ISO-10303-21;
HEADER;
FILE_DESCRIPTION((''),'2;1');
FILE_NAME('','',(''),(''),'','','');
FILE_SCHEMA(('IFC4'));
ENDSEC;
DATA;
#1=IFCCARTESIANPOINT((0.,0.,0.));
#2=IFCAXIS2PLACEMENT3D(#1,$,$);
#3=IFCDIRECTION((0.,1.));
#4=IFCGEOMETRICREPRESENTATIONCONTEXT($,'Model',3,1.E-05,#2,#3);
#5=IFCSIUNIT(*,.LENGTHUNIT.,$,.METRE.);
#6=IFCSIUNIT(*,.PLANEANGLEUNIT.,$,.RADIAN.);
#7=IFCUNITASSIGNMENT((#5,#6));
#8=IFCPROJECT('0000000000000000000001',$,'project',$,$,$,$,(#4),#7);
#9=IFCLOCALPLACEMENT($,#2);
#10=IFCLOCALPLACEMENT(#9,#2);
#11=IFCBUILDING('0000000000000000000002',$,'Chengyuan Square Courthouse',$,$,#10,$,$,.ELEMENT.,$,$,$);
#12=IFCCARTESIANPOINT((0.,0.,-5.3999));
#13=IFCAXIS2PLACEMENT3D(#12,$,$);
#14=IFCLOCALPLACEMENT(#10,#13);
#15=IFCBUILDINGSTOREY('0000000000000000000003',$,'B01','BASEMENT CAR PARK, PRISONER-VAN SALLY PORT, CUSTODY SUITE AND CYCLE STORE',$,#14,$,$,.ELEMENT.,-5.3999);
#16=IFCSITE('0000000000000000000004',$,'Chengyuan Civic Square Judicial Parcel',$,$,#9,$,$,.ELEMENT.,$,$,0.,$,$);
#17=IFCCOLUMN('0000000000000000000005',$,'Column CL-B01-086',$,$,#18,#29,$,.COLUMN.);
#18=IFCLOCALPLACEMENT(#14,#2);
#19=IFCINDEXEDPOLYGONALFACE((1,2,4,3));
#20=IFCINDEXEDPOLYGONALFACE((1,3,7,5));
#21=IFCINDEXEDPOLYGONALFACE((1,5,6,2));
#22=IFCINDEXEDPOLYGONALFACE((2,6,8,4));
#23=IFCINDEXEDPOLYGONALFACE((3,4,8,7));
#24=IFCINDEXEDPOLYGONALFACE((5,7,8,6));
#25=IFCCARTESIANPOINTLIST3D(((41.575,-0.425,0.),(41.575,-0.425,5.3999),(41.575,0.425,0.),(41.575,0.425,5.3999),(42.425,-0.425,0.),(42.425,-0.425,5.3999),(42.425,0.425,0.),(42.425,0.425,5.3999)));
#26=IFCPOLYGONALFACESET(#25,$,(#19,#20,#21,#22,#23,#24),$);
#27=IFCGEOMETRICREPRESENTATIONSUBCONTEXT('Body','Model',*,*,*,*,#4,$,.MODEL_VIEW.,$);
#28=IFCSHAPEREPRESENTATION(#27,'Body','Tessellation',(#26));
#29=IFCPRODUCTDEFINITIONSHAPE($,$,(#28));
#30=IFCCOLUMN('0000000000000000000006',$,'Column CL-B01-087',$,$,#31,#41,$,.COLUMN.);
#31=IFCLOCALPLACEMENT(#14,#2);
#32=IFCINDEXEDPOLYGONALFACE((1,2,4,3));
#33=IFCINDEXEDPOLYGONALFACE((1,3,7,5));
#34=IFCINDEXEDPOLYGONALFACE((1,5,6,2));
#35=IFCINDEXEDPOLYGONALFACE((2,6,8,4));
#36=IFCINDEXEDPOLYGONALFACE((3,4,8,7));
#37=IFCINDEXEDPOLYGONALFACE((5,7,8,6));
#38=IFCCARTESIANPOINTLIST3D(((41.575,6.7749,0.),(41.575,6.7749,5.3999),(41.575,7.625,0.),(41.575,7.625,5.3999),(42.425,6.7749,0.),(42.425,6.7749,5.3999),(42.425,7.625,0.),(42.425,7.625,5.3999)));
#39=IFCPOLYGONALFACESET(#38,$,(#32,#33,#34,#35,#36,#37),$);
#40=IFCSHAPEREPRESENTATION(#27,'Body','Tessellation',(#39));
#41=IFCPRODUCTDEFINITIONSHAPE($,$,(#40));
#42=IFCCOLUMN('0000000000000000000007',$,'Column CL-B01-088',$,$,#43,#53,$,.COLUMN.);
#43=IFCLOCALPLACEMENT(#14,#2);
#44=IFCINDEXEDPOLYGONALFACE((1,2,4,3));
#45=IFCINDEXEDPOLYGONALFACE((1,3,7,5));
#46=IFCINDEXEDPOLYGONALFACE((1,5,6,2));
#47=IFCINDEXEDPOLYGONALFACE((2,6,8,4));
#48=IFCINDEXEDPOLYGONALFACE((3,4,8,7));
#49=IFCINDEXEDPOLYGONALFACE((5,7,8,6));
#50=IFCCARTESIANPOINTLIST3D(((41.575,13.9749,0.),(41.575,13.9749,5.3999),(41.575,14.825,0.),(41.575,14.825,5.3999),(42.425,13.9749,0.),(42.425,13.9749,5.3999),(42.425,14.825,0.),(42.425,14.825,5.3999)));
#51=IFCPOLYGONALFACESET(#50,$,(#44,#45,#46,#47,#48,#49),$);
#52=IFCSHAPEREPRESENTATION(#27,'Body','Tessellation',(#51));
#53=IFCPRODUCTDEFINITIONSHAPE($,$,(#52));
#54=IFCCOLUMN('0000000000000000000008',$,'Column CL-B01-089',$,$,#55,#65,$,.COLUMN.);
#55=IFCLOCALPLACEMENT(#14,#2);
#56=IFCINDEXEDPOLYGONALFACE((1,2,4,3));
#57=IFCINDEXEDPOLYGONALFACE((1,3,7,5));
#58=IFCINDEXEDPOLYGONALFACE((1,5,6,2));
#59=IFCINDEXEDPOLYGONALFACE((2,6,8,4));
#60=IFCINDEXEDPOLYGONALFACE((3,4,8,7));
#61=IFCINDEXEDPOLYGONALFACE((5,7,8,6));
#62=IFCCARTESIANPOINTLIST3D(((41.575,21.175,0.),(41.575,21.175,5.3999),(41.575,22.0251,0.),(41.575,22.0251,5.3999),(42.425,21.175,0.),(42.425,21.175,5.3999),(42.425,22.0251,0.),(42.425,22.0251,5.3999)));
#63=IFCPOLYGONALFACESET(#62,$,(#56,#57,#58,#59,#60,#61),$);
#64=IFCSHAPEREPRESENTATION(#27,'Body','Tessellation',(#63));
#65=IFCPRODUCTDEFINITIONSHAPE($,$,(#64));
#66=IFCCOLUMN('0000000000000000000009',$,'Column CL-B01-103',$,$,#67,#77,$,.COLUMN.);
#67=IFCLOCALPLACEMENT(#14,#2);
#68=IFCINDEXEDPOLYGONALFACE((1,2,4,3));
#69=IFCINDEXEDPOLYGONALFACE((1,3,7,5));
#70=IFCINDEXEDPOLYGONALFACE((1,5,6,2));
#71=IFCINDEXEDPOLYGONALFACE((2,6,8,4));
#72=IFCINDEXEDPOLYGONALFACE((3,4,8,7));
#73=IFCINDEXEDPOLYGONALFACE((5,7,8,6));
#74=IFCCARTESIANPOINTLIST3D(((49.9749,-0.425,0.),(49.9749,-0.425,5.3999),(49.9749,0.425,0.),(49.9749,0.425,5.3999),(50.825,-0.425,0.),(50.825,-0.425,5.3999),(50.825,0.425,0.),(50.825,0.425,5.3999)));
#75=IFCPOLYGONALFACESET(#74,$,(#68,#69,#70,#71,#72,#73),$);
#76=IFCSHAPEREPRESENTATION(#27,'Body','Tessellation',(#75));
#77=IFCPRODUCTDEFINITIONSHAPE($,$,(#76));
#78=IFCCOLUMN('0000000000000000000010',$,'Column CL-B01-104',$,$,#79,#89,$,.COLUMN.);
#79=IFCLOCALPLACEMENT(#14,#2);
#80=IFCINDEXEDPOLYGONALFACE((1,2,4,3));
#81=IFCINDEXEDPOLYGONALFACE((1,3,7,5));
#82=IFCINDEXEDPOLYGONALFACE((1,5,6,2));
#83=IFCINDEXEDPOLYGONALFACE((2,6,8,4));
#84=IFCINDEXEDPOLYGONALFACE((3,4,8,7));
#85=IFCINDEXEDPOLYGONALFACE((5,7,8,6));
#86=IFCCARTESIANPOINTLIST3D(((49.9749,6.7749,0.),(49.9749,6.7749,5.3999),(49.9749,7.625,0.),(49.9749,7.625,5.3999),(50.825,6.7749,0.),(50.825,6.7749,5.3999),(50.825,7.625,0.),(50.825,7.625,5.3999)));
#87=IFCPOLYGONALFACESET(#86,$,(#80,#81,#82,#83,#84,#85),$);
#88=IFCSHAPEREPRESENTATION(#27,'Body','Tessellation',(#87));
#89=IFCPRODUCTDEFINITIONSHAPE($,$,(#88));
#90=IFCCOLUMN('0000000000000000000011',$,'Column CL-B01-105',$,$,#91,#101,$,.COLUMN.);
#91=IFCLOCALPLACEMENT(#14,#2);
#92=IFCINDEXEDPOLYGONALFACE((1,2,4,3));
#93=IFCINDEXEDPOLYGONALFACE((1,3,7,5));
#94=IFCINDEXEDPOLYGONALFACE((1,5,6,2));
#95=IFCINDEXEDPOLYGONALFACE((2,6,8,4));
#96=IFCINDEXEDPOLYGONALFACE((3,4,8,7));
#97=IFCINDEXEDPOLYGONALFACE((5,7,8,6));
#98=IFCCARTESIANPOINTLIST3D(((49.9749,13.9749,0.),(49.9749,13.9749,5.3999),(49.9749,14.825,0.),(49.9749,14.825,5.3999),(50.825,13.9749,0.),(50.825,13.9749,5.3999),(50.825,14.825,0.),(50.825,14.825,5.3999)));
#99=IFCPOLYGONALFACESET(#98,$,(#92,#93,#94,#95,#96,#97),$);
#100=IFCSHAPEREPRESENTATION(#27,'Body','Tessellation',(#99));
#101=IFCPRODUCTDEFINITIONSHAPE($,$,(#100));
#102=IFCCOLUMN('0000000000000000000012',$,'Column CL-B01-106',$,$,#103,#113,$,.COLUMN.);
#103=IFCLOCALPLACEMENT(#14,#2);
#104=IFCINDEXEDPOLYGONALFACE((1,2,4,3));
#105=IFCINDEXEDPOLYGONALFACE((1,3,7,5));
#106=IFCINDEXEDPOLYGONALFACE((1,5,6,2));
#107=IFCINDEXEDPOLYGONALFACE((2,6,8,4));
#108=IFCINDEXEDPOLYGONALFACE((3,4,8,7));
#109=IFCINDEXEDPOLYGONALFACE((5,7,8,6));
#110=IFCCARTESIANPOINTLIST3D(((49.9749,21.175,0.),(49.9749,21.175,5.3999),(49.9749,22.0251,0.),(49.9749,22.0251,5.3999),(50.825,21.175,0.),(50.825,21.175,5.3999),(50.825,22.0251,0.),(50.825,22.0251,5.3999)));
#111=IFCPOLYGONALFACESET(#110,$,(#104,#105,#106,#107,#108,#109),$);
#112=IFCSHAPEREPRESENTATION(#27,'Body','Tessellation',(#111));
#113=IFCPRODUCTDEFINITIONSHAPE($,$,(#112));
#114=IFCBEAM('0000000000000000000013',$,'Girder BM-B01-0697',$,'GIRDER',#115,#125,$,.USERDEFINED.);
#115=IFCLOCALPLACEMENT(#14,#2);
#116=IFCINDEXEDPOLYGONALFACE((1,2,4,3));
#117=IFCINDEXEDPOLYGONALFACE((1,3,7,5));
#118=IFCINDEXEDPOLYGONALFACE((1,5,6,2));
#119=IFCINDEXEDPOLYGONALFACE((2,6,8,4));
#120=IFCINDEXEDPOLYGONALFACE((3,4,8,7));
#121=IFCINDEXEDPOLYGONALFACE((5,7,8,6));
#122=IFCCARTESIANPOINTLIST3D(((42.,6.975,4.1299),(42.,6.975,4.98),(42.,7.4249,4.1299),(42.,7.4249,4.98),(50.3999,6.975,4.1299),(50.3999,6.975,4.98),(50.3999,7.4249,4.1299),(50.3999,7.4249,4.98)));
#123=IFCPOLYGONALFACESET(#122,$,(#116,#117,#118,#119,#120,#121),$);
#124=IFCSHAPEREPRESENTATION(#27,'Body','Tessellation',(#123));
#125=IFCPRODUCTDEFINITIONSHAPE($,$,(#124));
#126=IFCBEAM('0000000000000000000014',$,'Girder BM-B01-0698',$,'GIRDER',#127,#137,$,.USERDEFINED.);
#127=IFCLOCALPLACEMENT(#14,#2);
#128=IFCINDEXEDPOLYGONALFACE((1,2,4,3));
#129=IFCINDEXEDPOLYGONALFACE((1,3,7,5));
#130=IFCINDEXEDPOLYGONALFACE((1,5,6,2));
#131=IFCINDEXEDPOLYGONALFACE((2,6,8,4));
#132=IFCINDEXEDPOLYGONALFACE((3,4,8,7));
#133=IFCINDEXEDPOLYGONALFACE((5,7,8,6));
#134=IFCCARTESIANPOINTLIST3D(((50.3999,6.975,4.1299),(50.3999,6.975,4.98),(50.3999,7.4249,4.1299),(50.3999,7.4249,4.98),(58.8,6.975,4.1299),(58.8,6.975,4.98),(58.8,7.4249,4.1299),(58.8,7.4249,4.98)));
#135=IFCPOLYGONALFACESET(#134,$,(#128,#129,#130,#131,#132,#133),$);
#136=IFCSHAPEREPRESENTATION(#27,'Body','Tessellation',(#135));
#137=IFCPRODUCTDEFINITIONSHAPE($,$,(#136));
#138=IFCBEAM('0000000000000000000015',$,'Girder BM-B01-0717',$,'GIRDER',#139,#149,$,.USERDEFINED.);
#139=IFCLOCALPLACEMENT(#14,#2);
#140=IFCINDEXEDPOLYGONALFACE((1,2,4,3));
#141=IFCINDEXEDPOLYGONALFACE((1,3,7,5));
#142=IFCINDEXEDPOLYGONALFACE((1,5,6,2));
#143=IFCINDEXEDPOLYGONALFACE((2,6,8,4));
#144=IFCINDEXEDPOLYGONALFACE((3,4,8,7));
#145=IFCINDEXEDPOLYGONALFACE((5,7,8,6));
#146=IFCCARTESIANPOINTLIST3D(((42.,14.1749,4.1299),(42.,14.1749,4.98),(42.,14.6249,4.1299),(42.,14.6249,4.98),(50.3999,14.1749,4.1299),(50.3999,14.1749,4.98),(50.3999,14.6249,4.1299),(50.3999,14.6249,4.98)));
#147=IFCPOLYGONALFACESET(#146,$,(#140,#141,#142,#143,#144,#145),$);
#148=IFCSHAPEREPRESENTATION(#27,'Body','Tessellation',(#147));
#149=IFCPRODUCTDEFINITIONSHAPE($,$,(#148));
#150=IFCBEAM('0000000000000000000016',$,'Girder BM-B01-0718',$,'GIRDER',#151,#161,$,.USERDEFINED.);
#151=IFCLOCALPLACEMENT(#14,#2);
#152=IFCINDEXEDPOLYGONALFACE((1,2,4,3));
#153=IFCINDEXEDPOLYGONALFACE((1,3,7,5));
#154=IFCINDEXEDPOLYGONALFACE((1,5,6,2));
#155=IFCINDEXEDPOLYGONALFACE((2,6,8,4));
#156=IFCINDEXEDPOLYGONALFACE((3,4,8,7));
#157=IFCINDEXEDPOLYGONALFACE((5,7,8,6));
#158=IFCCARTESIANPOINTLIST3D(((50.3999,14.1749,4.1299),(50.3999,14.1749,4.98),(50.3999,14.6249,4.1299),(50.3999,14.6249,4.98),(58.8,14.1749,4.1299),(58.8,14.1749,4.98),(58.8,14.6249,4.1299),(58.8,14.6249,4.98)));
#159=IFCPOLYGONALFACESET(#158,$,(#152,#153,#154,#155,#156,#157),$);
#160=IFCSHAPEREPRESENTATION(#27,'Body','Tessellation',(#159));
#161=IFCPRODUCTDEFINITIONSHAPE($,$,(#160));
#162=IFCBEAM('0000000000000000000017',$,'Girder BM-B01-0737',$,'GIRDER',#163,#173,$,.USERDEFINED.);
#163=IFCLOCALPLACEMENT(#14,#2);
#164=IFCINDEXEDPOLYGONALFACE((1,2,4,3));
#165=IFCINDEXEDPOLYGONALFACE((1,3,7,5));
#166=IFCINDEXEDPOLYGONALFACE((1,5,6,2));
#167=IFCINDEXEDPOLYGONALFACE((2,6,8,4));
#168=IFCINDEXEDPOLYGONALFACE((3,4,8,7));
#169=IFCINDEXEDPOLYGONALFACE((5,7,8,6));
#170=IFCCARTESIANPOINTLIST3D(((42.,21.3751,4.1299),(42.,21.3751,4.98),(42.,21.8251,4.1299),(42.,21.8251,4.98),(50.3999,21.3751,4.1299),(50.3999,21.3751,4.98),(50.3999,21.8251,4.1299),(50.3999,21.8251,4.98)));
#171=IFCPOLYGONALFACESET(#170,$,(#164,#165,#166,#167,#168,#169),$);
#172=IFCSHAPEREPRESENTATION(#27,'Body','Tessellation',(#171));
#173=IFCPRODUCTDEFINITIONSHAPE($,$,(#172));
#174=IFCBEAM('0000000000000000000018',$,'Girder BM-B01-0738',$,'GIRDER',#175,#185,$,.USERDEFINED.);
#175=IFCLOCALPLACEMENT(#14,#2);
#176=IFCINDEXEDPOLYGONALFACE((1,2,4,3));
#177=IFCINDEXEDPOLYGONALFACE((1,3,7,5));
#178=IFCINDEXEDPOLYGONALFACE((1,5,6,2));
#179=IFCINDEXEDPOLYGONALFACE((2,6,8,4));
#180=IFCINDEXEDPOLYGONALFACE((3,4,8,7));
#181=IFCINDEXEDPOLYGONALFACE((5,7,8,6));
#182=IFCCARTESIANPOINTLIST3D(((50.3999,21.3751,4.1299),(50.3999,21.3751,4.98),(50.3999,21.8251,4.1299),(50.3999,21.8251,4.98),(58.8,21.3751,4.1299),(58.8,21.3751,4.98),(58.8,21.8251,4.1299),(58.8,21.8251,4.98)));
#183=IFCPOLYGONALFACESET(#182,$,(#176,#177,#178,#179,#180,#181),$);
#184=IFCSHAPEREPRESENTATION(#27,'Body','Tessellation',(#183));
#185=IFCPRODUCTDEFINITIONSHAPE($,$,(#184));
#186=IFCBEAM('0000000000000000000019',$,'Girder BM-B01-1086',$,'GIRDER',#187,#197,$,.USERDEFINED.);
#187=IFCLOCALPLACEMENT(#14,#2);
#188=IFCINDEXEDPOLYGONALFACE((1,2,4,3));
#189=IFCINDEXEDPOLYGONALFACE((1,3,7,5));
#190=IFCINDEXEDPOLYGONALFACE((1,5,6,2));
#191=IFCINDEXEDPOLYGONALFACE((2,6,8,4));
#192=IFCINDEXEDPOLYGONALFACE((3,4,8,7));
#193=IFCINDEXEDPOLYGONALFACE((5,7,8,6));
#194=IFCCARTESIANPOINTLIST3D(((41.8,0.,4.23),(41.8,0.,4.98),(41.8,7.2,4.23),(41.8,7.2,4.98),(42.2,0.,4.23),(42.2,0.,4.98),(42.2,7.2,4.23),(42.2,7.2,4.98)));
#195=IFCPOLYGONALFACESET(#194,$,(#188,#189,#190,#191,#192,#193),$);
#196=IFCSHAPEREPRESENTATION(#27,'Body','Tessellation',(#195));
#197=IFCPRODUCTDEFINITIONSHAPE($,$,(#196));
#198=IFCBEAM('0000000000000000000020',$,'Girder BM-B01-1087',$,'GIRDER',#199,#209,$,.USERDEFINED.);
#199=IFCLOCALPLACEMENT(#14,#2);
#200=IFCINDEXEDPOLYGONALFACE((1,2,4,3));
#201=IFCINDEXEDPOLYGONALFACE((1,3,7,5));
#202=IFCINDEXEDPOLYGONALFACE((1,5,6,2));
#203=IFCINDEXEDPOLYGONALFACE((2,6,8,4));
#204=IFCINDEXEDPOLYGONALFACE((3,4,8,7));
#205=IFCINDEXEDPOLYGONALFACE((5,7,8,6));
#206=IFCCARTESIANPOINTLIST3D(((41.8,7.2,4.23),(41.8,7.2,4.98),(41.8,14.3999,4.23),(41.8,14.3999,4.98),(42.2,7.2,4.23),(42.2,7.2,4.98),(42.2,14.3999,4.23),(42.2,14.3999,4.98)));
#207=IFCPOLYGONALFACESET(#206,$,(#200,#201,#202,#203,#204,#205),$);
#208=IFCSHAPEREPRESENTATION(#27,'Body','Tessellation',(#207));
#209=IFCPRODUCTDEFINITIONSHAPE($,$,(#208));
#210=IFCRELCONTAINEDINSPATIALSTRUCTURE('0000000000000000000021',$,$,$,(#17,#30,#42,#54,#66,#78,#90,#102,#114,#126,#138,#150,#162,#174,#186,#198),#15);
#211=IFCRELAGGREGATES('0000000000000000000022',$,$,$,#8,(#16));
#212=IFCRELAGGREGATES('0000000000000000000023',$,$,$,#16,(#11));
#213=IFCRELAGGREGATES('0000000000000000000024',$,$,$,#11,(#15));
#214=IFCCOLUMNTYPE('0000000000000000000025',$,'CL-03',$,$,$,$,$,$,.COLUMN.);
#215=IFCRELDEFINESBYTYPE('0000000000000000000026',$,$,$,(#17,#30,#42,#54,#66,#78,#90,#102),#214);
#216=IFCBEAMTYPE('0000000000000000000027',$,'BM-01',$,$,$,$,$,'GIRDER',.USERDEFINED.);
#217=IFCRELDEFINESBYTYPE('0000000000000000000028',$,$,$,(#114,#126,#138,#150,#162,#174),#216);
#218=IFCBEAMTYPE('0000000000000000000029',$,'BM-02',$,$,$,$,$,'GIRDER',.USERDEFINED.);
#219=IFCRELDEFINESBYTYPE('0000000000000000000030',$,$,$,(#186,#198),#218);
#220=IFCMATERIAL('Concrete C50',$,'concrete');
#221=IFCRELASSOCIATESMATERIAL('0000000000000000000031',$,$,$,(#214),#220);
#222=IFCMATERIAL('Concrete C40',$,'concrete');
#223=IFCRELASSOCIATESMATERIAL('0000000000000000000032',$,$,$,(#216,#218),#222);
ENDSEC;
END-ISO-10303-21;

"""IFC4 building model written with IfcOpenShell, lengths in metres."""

from ifc_helpers import new_model, si_unit, direction, frame, origin, origin_2d, place, context, subcontext, project, spatial, rectangle, extrude, material, material_profile, profile_set, type_object, element, save


model = new_model("IFC4")

# Units and contexts
model_context = context("Model", 3, precision=1e-05, world=origin(), true_north=direction((0.0, 1.0)))
body_context = subcontext(model_context, "Body", "Model", "MODEL_VIEW")
ifc_project = project(units=[si_unit("LENGTHUNIT", "METRE"), si_unit("PLANEANGLEUNIT", "RADIAN")], contexts=[model_context])

# Site, building, storey
site_placement = place(None, origin())
site = spatial("IfcSite", under=ifc_project, at=site_placement, Name="Chengyuan Civic Square Judicial Parcel", CompositionType="ELEMENT", RefElevation=0.0)
building_placement = place(site_placement, origin())
building = spatial("IfcBuilding", under=site, at=building_placement, Name="Chengyuan Square Courthouse", CompositionType="ELEMENT")
storey_placement = place(building_placement, frame((0.0, 0.0, -5.3999)))
storey = spatial("IfcBuildingStorey", under=building, at=storey_placement, Name="B01", Description="BASEMENT CAR PARK, PRISONER-VAN SALLY PORT, CUSTODY SUITE AND CYCLE STORE", CompositionType="ELEMENT", Elevation=-5.3999)

# Columns
ifc_material_1 = material(Name="Concrete C50", Category="concrete")
ifc_material_profile_1 = material_profile(ifc_material_1, rectangle(XDim=0.8501, YDim=0.8501, at=origin_2d()), Name="RC-COL-850x850")
ifc_profile_set_1 = profile_set([ifc_material_profile_1], Name="Concrete C50")
column_type = type_object("IfcColumnType", Name="CL-03", PredefinedType="COLUMN", material=ifc_profile_set_1)
for number, where, z_axis, x_axis, name in (
    (1, (42.0, 0.0, 0.0), (0.0, 0.0, 1.0), (1.0, 0.0, 0.0), "Column CL-B01-086"),
    (2, (42.0, 7.2, 0.0), (0.0, 0.0, 1.0), (1.0, 0.0, 0.0), "Column CL-B01-087"),
    (3, (42.0, 14.3999, 0.0), (0.0, 0.0, 1.0), (1.0, 0.0, 0.0), "Column CL-B01-088"),
    (4, (42.0, 21.6001, 0.0), (0.0, 0.0, 1.0), (1.0, 0.0, 0.0), "Column CL-B01-089"),
    (5, (50.3999, 0.0, 0.0), (0.0, 0.0, 1.0), (1.0, 0.0, 0.0), "Column CL-B01-103"),
    (6, (50.3999, 7.2, 0.0), (0.0, 0.0, 1.0), (1.0, 0.0, 0.0), "Column CL-B01-104"),
    (7, (50.3999, 14.3999, 0.0), (0.0, 0.0, 1.0), (1.0, 0.0, 0.0), "Column CL-B01-105"),
    (8, (50.3999, 21.6001, 0.0), (0.0, 0.0, 1.0), (1.0, 0.0, 0.0), "Column CL-B01-106"),
):
    element("IfcColumn", number, at=place(storey_placement, frame(where, z_axis=z_axis, x_axis=x_axis)), inside=storey, type_object=column_type, Name=name, PredefinedType="COLUMN", context=body_context, shape_type="SweptSolid", body=[
        extrude(rectangle(XDim=0.8501, YDim=0.8501, at=origin_2d()), origin(), (0.0, 0.0, 1.0), 5.3999),
    ])

# Beams
ifc_material_2 = material(Name="Concrete C40", Category="concrete")
ifc_material_profile_2 = material_profile(ifc_material_2, rectangle(XDim=0.45, YDim=0.8501, at=origin_2d()), Name="RC-BM-450x850")
ifc_profile_set_2 = profile_set([ifc_material_profile_2], Name="Concrete C40")
beam_type_1 = type_object("IfcBeamType", Name="BM-01", ElementType="GIRDER", PredefinedType="USERDEFINED", material=ifc_profile_set_2)
beam_1_placement = place(storey_placement, frame((42.0, 7.2, 4.5549), z_axis=(1.0, 0.0, 0.0), x_axis=(0.0, 1.0, 0.0)))
element("IfcBeam", 9, at=beam_1_placement, inside=storey, type_object=beam_type_1, Name="Girder BM-B01-0697", ObjectType="GIRDER", PredefinedType="USERDEFINED", context=body_context, shape_type="SweptSolid", body=[
    extrude(rectangle(XDim=0.45, YDim=0.8501, at=origin_2d()), origin(), (0.0, 0.0, 1.0), 8.3999),
])
beam_2_placement = place(storey_placement, frame((50.3999, 7.2, 4.5549), z_axis=(1.0, 0.0, 0.0), x_axis=(0.0, 1.0, 0.0)))
element("IfcBeam", 10, at=beam_2_placement, inside=storey, type_object=beam_type_1, Name="Girder BM-B01-0698", ObjectType="GIRDER", PredefinedType="USERDEFINED", context=body_context, shape_type="SweptSolid", body=[
    extrude(rectangle(XDim=0.45, YDim=0.8501, at=origin_2d()), origin(), (0.0, 0.0, 1.0), 8.4001),
])
beam_3_placement = place(storey_placement, frame((42.0, 14.3999, 4.5549), z_axis=(1.0, 0.0, 0.0), x_axis=(0.0, 1.0, 0.0)))
element("IfcBeam", 11, at=beam_3_placement, inside=storey, type_object=beam_type_1, Name="Girder BM-B01-0717", ObjectType="GIRDER", PredefinedType="USERDEFINED", context=body_context, shape_type="SweptSolid", body=[
    extrude(rectangle(XDim=0.45, YDim=0.8501, at=origin_2d()), origin(), (0.0, 0.0, 1.0), 8.3999),
])
beam_4_placement = place(storey_placement, frame((50.3999, 14.3999, 4.5549), z_axis=(1.0, 0.0, 0.0), x_axis=(0.0, 1.0, 0.0)))
element("IfcBeam", 12, at=beam_4_placement, inside=storey, type_object=beam_type_1, Name="Girder BM-B01-0718", ObjectType="GIRDER", PredefinedType="USERDEFINED", context=body_context, shape_type="SweptSolid", body=[
    extrude(rectangle(XDim=0.45, YDim=0.8501, at=origin_2d()), origin(), (0.0, 0.0, 1.0), 8.4001),
])
beam_5_placement = place(storey_placement, frame((42.0, 21.6001, 4.5549), z_axis=(1.0, 0.0, 0.0), x_axis=(0.0, 1.0, 0.0)))
element("IfcBeam", 13, at=beam_5_placement, inside=storey, type_object=beam_type_1, Name="Girder BM-B01-0737", ObjectType="GIRDER", PredefinedType="USERDEFINED", context=body_context, shape_type="SweptSolid", body=[
    extrude(rectangle(XDim=0.45, YDim=0.8501, at=origin_2d()), origin(), (0.0, 0.0, 1.0), 8.3999),
])
beam_6_placement = place(storey_placement, frame((50.3999, 21.6001, 4.5549), z_axis=(1.0, 0.0, 0.0), x_axis=(0.0, 1.0, 0.0)))
element("IfcBeam", 14, at=beam_6_placement, inside=storey, type_object=beam_type_1, Name="Girder BM-B01-0738", ObjectType="GIRDER", PredefinedType="USERDEFINED", context=body_context, shape_type="SweptSolid", body=[
    extrude(rectangle(XDim=0.45, YDim=0.8501, at=origin_2d()), origin(), (0.0, 0.0, 1.0), 8.4001),
])
ifc_material_profile_3 = material_profile(ifc_material_2, rectangle(XDim=0.3999, YDim=0.75, at=origin_2d()), Name="RC-BM-400x750")
ifc_profile_set_3 = profile_set([ifc_material_profile_3], Name="Concrete C40")
beam_type_2 = type_object("IfcBeamType", Name="BM-02", ElementType="GIRDER", PredefinedType="USERDEFINED", material=ifc_profile_set_3)
for number, where, z_axis, x_axis, name in (
    (15, (42.0, 0.0, 4.605), (0.0, 1.0, 0.0), (-1.0, 0.0, 0.0), "Girder BM-B01-1086"),
    (16, (42.0, 7.2, 4.605), (0.0, 1.0, 0.0), (-1.0, 0.0, 0.0), "Girder BM-B01-1087"),
):
    element("IfcBeam", number, at=place(storey_placement, frame(where, z_axis=z_axis, x_axis=x_axis)), inside=storey, type_object=beam_type_2, Name=name, ObjectType="GIRDER", PredefinedType="USERDEFINED", context=body_context, shape_type="SweptSolid", body=[
        extrude(rectangle(XDim=0.3999, YDim=0.75, at=origin_2d()), origin(), (0.0, 0.0, 1.0), 7.2),
    ])

save(model, "model.ifc")
